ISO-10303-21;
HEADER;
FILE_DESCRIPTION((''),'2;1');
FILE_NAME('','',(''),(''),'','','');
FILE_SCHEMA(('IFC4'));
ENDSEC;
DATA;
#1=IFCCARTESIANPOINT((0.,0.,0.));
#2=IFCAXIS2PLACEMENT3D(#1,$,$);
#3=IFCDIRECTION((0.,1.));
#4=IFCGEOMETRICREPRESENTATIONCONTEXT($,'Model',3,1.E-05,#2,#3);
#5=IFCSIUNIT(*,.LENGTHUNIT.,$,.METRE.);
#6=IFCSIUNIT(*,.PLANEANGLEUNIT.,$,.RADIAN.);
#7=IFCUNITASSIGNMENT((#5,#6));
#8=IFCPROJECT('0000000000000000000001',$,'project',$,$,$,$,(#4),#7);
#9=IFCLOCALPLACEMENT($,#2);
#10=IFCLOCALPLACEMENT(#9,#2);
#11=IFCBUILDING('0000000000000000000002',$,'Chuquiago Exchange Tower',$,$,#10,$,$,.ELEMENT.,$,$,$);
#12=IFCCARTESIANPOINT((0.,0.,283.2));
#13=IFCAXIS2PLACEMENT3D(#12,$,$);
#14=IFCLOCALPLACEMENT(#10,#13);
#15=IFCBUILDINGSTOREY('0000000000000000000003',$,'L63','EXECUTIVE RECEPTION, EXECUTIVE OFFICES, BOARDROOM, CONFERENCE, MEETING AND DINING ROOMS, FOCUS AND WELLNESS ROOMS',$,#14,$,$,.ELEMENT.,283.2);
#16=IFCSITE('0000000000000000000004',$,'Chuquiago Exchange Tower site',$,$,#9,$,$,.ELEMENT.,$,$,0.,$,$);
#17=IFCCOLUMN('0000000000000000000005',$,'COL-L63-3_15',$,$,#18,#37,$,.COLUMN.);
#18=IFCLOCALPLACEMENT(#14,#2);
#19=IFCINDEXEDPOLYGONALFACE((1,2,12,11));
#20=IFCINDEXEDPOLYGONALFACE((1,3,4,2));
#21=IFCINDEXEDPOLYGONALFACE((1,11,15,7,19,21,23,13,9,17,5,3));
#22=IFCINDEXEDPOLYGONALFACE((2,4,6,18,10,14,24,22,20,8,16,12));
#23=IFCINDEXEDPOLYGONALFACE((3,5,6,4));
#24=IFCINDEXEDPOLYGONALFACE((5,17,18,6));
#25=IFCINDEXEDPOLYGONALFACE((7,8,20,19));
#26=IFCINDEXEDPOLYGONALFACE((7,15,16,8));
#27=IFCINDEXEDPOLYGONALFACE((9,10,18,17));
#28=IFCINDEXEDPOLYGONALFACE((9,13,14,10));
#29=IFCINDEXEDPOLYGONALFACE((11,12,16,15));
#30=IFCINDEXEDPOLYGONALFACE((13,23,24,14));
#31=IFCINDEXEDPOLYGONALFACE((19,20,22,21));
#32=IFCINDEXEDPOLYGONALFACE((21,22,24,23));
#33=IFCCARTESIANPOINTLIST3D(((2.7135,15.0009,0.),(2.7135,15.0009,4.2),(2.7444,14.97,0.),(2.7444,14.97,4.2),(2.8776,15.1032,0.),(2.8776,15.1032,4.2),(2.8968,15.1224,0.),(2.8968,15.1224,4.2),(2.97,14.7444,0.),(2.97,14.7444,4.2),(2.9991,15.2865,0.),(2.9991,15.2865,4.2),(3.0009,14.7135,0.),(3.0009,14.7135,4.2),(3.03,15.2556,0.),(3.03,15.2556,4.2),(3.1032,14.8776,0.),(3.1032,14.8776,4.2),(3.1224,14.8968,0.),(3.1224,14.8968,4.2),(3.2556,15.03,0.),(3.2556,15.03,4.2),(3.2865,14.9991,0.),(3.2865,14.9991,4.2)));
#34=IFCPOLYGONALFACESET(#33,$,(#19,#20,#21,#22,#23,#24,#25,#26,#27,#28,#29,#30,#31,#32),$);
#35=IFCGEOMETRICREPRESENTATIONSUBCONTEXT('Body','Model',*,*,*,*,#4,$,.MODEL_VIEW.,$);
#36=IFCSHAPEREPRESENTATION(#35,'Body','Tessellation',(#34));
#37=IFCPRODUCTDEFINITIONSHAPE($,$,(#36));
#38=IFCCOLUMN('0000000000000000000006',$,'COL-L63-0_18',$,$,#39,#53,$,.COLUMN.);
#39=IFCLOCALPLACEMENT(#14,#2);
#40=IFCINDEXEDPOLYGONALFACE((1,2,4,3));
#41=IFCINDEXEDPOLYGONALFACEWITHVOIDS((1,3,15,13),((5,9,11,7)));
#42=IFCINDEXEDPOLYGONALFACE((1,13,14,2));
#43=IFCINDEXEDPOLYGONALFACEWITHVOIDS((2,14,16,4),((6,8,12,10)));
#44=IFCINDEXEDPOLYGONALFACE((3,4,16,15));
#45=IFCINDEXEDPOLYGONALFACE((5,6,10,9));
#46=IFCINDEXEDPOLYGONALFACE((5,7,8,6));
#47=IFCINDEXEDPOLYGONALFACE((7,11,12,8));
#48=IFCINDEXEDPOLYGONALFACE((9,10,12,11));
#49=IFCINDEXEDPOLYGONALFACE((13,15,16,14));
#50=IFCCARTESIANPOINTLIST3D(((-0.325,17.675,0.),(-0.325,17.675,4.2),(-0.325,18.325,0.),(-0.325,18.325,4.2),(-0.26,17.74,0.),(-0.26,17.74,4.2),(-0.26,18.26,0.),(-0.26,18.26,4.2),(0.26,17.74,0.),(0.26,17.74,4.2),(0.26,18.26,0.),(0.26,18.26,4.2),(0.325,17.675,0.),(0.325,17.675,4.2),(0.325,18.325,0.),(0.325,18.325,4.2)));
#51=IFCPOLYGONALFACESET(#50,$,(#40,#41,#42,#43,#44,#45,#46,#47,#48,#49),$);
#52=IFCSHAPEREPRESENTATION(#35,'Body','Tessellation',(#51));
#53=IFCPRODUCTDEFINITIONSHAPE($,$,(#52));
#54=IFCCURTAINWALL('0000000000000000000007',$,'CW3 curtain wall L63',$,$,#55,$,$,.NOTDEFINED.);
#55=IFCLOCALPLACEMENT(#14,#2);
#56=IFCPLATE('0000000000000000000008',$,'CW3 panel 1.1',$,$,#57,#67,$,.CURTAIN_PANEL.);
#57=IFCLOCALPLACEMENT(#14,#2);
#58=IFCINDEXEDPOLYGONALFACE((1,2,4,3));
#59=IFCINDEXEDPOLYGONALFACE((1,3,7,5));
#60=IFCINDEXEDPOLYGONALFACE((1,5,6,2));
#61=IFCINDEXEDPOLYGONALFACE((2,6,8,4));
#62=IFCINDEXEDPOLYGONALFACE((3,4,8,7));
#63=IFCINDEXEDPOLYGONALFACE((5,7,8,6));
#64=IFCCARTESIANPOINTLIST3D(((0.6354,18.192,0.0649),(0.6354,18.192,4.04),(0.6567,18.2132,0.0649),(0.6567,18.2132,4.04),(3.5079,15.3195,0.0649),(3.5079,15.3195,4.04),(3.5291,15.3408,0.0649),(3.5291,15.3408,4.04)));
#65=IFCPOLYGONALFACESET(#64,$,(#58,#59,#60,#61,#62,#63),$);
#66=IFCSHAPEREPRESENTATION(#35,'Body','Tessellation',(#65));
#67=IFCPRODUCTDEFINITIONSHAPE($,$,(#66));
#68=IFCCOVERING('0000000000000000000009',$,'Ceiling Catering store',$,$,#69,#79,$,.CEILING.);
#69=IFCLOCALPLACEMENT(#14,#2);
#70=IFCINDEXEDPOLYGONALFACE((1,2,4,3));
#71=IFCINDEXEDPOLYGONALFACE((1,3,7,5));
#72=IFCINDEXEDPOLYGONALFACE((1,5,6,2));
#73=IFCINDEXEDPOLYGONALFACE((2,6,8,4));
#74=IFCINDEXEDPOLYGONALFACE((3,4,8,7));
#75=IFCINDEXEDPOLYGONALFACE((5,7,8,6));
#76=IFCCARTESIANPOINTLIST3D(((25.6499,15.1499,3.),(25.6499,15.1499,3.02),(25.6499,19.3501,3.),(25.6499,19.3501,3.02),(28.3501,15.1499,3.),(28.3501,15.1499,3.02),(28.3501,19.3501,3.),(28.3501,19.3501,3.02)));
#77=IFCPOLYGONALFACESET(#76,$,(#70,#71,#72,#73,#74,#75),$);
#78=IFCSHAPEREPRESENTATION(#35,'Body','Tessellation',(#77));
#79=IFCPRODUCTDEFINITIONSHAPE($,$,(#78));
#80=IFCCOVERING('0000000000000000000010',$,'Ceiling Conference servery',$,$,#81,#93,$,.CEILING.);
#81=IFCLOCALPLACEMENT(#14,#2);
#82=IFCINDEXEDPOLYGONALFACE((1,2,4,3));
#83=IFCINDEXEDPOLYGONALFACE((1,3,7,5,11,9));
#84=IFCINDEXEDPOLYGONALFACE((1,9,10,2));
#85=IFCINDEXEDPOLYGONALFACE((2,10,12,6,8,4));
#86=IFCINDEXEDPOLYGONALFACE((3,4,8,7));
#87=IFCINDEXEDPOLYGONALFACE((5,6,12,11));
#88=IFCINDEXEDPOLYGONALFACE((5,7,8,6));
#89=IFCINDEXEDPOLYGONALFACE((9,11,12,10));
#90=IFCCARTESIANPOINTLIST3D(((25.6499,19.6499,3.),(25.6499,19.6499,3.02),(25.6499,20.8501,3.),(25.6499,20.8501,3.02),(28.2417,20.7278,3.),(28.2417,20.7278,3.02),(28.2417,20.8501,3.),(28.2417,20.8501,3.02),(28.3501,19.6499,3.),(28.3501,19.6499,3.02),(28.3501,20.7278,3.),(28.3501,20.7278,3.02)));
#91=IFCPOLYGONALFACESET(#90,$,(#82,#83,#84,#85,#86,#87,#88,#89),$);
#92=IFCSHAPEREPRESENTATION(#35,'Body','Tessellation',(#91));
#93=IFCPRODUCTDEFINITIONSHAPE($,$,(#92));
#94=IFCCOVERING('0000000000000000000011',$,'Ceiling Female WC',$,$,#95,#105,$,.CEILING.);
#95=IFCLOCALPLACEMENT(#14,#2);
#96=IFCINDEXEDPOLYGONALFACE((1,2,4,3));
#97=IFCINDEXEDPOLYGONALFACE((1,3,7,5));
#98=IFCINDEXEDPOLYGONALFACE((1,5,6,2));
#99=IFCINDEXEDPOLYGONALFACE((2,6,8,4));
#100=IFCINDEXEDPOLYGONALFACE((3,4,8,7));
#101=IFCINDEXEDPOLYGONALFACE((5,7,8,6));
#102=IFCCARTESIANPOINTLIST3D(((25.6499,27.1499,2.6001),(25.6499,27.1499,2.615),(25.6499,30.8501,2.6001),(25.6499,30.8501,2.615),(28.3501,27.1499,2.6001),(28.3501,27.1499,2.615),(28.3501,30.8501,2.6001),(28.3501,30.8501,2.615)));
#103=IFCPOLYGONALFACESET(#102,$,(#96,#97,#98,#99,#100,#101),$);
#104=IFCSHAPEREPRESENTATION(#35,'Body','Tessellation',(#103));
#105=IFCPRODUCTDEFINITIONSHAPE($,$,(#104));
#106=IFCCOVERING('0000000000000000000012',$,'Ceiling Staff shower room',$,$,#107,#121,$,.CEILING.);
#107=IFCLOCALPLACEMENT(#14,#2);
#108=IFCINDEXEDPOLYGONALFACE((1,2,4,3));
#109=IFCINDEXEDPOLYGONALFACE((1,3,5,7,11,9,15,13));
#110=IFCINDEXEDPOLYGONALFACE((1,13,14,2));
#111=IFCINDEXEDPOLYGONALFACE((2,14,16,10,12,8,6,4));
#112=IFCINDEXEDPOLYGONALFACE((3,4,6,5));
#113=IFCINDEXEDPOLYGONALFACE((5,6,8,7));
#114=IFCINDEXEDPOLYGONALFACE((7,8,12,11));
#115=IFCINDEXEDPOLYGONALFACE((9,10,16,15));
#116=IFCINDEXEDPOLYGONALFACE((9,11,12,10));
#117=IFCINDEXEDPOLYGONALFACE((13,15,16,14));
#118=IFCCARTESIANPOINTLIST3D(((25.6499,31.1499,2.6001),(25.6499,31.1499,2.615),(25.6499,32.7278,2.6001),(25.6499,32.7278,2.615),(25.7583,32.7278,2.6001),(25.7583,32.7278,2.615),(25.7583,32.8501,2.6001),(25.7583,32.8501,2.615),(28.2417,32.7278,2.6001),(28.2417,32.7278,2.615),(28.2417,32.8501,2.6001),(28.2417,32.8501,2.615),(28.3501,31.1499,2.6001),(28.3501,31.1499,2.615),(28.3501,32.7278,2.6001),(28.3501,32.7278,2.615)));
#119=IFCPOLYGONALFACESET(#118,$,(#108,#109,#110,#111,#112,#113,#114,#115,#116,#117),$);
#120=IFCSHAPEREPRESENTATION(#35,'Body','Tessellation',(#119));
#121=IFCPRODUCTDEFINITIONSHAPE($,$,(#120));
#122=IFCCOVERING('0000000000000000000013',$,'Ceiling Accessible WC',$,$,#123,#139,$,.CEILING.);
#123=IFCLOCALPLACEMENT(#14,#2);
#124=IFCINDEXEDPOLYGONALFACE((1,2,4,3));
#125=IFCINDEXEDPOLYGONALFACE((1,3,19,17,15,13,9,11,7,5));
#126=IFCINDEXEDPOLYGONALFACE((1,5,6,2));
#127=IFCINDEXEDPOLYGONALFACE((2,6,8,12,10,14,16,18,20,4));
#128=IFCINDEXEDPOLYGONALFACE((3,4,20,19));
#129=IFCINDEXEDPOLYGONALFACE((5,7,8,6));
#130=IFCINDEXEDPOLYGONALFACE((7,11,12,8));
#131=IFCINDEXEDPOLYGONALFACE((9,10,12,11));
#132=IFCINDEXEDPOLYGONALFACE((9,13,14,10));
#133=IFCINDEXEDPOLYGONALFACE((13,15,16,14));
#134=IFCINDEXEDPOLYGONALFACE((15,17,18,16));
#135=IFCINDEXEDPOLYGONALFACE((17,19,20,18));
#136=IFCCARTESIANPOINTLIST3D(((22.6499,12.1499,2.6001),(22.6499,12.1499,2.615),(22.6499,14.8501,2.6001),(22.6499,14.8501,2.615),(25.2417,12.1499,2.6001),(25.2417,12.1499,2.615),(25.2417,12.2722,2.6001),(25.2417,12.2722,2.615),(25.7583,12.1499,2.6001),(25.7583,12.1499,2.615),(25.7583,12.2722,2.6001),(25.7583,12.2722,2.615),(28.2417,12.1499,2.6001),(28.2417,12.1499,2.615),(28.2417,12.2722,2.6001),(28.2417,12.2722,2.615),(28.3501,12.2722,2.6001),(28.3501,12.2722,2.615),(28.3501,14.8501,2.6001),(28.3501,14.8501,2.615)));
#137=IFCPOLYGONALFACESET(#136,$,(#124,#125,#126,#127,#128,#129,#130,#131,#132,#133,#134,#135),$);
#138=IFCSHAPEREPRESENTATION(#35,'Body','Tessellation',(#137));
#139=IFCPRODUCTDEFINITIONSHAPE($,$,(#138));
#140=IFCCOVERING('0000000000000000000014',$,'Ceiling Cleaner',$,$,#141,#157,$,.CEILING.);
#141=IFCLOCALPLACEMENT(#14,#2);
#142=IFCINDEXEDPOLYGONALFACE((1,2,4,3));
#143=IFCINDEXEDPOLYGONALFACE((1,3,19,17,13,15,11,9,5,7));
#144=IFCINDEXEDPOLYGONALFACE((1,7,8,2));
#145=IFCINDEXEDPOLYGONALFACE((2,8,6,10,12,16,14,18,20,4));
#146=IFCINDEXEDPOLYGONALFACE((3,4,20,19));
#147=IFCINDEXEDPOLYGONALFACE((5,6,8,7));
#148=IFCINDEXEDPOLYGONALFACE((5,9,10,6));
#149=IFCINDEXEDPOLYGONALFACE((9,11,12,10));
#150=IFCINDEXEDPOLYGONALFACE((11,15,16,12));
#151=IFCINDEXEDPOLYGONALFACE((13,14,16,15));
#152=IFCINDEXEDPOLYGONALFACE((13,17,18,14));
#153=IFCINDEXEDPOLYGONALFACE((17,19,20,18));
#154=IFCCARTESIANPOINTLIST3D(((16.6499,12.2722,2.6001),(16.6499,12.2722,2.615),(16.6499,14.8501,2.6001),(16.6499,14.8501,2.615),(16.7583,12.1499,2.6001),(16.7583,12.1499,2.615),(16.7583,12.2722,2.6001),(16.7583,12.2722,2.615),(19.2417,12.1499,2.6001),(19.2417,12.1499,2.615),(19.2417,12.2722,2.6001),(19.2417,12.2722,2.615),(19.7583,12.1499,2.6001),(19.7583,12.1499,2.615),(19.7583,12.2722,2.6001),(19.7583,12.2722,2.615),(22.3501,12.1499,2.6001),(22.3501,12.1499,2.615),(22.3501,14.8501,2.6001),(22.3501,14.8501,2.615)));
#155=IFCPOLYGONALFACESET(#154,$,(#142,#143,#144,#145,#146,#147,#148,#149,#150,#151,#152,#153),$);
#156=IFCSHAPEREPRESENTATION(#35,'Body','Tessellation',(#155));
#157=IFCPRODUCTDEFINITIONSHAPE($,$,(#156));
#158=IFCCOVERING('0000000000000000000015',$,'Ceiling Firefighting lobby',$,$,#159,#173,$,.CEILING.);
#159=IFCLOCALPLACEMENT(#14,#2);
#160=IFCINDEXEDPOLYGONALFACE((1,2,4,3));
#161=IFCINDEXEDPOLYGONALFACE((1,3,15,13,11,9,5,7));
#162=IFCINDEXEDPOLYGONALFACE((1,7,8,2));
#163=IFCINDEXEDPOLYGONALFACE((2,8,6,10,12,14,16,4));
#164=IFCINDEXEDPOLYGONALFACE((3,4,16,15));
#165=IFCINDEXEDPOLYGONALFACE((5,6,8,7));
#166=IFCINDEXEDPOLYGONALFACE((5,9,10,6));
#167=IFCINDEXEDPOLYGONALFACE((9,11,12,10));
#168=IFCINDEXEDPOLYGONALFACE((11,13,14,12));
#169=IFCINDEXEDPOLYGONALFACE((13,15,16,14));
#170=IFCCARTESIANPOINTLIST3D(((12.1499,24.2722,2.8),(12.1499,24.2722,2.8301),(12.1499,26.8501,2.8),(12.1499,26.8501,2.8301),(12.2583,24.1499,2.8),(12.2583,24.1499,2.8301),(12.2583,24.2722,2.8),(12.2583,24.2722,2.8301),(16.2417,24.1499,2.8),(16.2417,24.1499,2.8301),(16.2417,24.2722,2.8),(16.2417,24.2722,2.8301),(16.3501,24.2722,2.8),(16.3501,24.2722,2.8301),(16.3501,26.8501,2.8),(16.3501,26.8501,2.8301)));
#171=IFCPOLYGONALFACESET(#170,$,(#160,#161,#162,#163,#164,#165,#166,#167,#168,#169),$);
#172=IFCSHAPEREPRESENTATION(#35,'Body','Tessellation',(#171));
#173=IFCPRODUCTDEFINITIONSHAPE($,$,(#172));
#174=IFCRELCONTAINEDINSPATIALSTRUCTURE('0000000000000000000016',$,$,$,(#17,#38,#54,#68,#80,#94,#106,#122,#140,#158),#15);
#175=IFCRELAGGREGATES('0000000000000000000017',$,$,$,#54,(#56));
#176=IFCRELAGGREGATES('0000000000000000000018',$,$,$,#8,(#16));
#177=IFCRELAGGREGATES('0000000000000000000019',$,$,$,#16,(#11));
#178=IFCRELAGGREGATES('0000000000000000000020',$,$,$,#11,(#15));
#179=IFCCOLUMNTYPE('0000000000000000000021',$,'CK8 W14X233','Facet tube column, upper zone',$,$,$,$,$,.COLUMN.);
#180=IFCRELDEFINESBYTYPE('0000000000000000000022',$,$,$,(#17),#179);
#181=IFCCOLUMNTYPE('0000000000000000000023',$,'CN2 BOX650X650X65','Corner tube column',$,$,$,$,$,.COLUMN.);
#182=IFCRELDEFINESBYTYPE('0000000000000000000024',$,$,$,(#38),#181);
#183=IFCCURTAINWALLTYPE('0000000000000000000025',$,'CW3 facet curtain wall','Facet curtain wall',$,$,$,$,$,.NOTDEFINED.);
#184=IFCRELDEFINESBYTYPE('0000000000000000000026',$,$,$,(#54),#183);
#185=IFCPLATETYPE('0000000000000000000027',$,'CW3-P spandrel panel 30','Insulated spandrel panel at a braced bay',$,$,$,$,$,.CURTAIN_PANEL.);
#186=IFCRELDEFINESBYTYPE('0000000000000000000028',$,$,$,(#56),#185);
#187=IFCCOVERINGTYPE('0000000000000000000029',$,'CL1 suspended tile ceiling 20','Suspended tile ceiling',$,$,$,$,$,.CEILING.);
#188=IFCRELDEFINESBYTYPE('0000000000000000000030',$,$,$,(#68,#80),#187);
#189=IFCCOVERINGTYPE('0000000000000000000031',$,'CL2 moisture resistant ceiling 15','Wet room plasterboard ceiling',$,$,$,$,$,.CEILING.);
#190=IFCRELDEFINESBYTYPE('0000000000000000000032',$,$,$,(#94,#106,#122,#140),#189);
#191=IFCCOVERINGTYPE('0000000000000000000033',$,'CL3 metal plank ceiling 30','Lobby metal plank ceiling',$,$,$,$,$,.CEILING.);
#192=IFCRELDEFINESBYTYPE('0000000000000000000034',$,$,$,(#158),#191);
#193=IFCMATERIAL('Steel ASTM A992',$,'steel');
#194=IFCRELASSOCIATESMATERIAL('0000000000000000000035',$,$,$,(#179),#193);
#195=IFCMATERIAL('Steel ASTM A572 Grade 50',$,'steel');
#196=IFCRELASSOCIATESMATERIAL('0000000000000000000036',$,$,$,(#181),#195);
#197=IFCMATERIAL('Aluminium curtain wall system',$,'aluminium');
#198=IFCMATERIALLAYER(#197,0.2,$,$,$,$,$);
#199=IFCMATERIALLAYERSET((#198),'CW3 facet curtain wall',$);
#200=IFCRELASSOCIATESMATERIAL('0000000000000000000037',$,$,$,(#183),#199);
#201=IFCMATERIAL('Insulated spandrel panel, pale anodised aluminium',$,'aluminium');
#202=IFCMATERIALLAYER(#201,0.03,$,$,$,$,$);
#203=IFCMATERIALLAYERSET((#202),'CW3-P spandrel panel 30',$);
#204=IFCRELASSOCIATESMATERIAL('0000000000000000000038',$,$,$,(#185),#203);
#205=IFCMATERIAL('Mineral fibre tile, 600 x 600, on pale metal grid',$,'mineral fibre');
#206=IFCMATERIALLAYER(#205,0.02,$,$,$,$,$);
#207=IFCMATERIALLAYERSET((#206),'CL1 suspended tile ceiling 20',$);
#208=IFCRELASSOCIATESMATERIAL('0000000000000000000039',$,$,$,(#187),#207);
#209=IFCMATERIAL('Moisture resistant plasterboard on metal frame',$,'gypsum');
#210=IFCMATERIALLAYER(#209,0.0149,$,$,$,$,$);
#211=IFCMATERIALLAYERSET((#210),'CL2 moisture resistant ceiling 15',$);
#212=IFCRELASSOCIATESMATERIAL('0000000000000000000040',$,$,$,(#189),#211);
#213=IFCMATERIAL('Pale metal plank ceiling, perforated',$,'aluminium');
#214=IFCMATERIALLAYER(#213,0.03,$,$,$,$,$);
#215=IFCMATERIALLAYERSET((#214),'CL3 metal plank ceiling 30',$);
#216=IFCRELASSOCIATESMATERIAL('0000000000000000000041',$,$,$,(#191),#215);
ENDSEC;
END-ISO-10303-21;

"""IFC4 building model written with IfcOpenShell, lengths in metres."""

from ifc_helpers import new_model, si_unit, direction, frame, origin, origin_2d, place, context, subcontext, project, spatial, polyline, rectangle, hollow_rectangle, i_section, outline, extrude, material, layer, layer_set, material_profile, profile_set, type_object, element, aggregate, save


model = new_model("IFC4")

# Units and contexts
model_context = context("Model", 3, precision=1e-05, world=origin(), true_north=direction((0.0, 1.0)))
body_context = subcontext(model_context, "Body", "Model", "MODEL_VIEW")
ifc_project = project(units=[si_unit("LENGTHUNIT", "METRE"), si_unit("PLANEANGLEUNIT", "RADIAN")], contexts=[model_context])

# Site, building, storey
site_placement = place(None, origin())
site = spatial("IfcSite", under=ifc_project, at=site_placement, Name="Chuquiago Exchange Tower site", CompositionType="ELEMENT", RefElevation=0.0)
building_placement = place(site_placement, origin())
building = spatial("IfcBuilding", under=site, at=building_placement, Name="Chuquiago Exchange Tower", CompositionType="ELEMENT")
storey_placement = place(building_placement, frame((0.0, 0.0, 283.2)))
storey = spatial("IfcBuildingStorey", under=building, at=storey_placement, Name="L63", Description="EXECUTIVE RECEPTION, EXECUTIVE OFFICES, BOARDROOM, CONFERENCE, MEETING AND DINING ROOMS, FOCUS AND WELLNESS ROOMS", CompositionType="ELEMENT", Elevation=283.2)

# Columns
ifc_material_1 = material(Name="Steel ASTM A992", Category="steel")
ifc_material_profile_1 = material_profile(ifc_material_1, i_section(OverallWidth=0.4038, OverallDepth=0.4065, WebThickness=0.0271, FlangeThickness=0.0437, at=origin_2d()), Name="W14X233")
ifc_profile_set_1 = profile_set([ifc_material_profile_1], Name="Steel ASTM A992")
column_type_1 = type_object("IfcColumnType", Name="CK8 W14X233", Description="Facet tube column, upper zone", PredefinedType="COLUMN", material=ifc_profile_set_1)
column_1_placement = place(storey_placement, frame((3.0, 15.0, 0.0), z_axis=(0.0, 0.0, 1.0), x_axis=(-0.707107, -0.707107, 0.0)))
element("IfcColumn", 1, at=column_1_placement, inside=storey, type_object=column_type_1, Name="COL-L63-3_15", PredefinedType="COLUMN", context=body_context, shape_type="SweptSolid", body=[
    extrude(i_section(OverallWidth=0.4038, OverallDepth=0.4065, WebThickness=0.0271, FlangeThickness=0.0437, at=origin_2d()), origin(), (0.0, 0.0, 1.0), 4.2),
])
ifc_material_2 = material(Name="Steel ASTM A572 Grade 50", Category="steel")
ifc_material_profile_2 = material_profile(ifc_material_2, hollow_rectangle(XDim=0.6499, YDim=0.6499, WallThickness=0.0649, at=origin_2d()), Name="BOX650X650X65")
ifc_profile_set_2 = profile_set([ifc_material_profile_2], Name="Steel ASTM A572 Grade 50")
column_type_2 = type_object("IfcColumnType", Name="CN2 BOX650X650X65", Description="Corner tube column", PredefinedType="COLUMN", material=ifc_profile_set_2)
column_2_placement = place(storey_placement, frame((0.0, 18.0, 0.0), z_axis=(0.0, 0.0, 1.0), x_axis=(-1.0, 0.0, 0.0)))
element("IfcColumn", 2, at=column_2_placement, inside=storey, type_object=column_type_2, Name="COL-L63-0_18", PredefinedType="COLUMN", context=body_context, shape_type="SweptSolid", body=[
    extrude(hollow_rectangle(XDim=0.6499, YDim=0.6499, WallThickness=0.0649, at=origin_2d()), origin(), (0.0, 0.0, 1.0), 4.2),
])

# Curtain wall, plate
ifc_material_3 = material(Name="Aluminium curtain wall system", Category="aluminium")
ifc_layer_1 = layer(ifc_material_3, 0.2)
ifc_layer_set_1 = layer_set([ifc_layer_1], Name="CW3 facet curtain wall")
curtain_wall_type = type_object("IfcCurtainWallType", Name="CW3 facet curtain wall", Description="Facet curtain wall", PredefinedType="NOTDEFINED", material=ifc_layer_set_1)
curtain_wall_placement = place(storey_placement, origin())
curtain_wall = element("IfcCurtainWall", 3, at=curtain_wall_placement, inside=storey, type_object=curtain_wall_type, Name="CW3 curtain wall L63", PredefinedType="NOTDEFINED")
ifc_material_4 = material(Name="Insulated spandrel panel, pale anodised aluminium", Category="aluminium")
ifc_layer_2 = layer(ifc_material_4, 0.03)
ifc_layer_set_2 = layer_set([ifc_layer_2], Name="CW3-P spandrel panel 30")
plate_type = type_object("IfcPlateType", Name="CW3-P spandrel panel 30", Description="Insulated spandrel panel at a braced bay", PredefinedType="CURTAIN_PANEL", material=ifc_layer_set_2)
plate_placement = place(storey_placement, frame((2.0823, 16.7664, 0.0649), z_axis=(0.0, 0.0, 1.0), x_axis=(0.707107, -0.707107, 0.0)))
plate = element("IfcPlate", 4, at=plate_placement, type_object=plate_type, Name="CW3 panel 1.1", PredefinedType="CURTAIN_PANEL", context=body_context, shape_type="SweptSolid", body=[
    extrude(rectangle(XDim=4.0623, YDim=0.03, at=origin_2d()), origin(), (0.0, 0.0, 1.0), 3.9751),
])
aggregate(curtain_wall, [plate])

# Coverings
ifc_material_5 = material(Name="Mineral fibre tile, 600 x 600, on pale metal grid", Category="mineral fibre")
ifc_layer_3 = layer(ifc_material_5, 0.02)
ifc_layer_set_3 = layer_set([ifc_layer_3], Name="CL1 suspended tile ceiling 20")
covering_type_1 = type_object("IfcCoveringType", Name="CL1 suspended tile ceiling 20", Description="Suspended tile ceiling", PredefinedType="CEILING", material=ifc_layer_set_3)
covering_1_placement = place(storey_placement, frame((0.0, 0.0, 3.0)))
element("IfcCovering", 5, at=covering_1_placement, inside=storey, type_object=covering_type_1, Name="Ceiling Catering store", PredefinedType="CEILING", context=body_context, shape_type="SweptSolid", body=[
    extrude(outline(polyline([(25.6499, 15.1499), (25.6499, 19.3501), (28.3501, 19.3501), (28.3501, 15.1499), (25.6499, 15.1499)])), origin(), (0.0, 0.0, 1.0), 0.02),
])
covering_2_placement = place(storey_placement, frame((0.0, 0.0, 3.0)))
element("IfcCovering", 6, at=covering_2_placement, inside=storey, type_object=covering_type_1, Name="Ceiling Conference servery", PredefinedType="CEILING", context=body_context, shape_type="SweptSolid", body=[
    extrude(outline(polyline([(25.6499, 19.6499), (25.6499, 20.8501), (28.2417, 20.8501), (28.2417, 20.7278), (28.3501, 20.7278), (28.3501, 19.6499), (25.6499, 19.6499)])), origin(), (0.0, 0.0, 1.0), 0.02),
])
ifc_material_6 = material(Name="Moisture resistant plasterboard on metal frame", Category="gypsum")
ifc_layer_4 = layer(ifc_material_6, 0.0149)
ifc_layer_set_4 = layer_set([ifc_layer_4], Name="CL2 moisture resistant ceiling 15")
covering_type_2 = type_object("IfcCoveringType", Name="CL2 moisture resistant ceiling 15", Description="Wet room plasterboard ceiling", PredefinedType="CEILING", material=ifc_layer_set_4)
covering_3_placement = place(storey_placement, frame((0.0, 0.0, 2.6001)))
element("IfcCovering", 7, at=covering_3_placement, inside=storey, type_object=covering_type_2, Name="Ceiling Female WC", PredefinedType="CEILING", context=body_context, shape_type="SweptSolid", body=[
    extrude(outline(polyline([(25.6499, 27.1499), (25.6499, 30.8501), (28.3501, 30.8501), (28.3501, 27.1499), (25.6499, 27.1499)])), origin(), (0.0, 0.0, 1.0), 0.0149),
])
covering_4_placement = place(storey_placement, frame((0.0, 0.0, 2.6001)))
element("IfcCovering", 8, at=covering_4_placement, inside=storey, type_object=covering_type_2, Name="Ceiling Staff shower room", PredefinedType="CEILING", context=body_context, shape_type="SweptSolid", body=[
    extrude(outline(polyline([(25.6499, 31.1499), (25.6499, 32.7278), (25.7583, 32.7278), (25.7583, 32.8501), (28.2417, 32.8501), (28.2417, 32.7278), (28.3501, 32.7278), (28.3501, 31.1499), (25.6499, 31.1499)])), origin(), (0.0, 0.0, 1.0), 0.0149),
])
covering_5_placement = place(storey_placement, frame((0.0, 0.0, 2.6001)))
element("IfcCovering", 9, at=covering_5_placement, inside=storey, type_object=covering_type_2, Name="Ceiling Accessible WC", PredefinedType="CEILING", context=body_context, shape_type="SweptSolid", body=[
    extrude(outline(polyline([(25.7583, 12.1499), (25.7583, 12.2722), (25.2417, 12.2722), (25.2417, 12.1499), (22.6499, 12.1499), (22.6499, 14.8501), (28.3501, 14.8501), (28.3501, 12.2722), (28.2417, 12.2722), (28.2417, 12.1499), (25.7583, 12.1499)])), origin(), (0.0, 0.0, 1.0), 0.0149),
])
covering_6_placement = place(storey_placement, frame((0.0, 0.0, 2.6001)))
element("IfcCovering", 10, at=covering_6_placement, inside=storey, type_object=covering_type_2, Name="Ceiling Cleaner", PredefinedType="CEILING", context=body_context, shape_type="SweptSolid", body=[
    extrude(outline(polyline([(19.7583, 12.1499), (19.7583, 12.2722), (19.2417, 12.2722), (19.2417, 12.1499), (16.7583, 12.1499), (16.7583, 12.2722), (16.6499, 12.2722), (16.6499, 14.8501), (22.3501, 14.8501), (22.3501, 12.1499), (19.7583, 12.1499)])), origin(), (0.0, 0.0, 1.0), 0.0149),
])
ifc_material_7 = material(Name="Pale metal plank ceiling, perforated", Category="aluminium")
ifc_layer_5 = layer(ifc_material_7, 0.03)
ifc_layer_set_5 = layer_set([ifc_layer_5], Name="CL3 metal plank ceiling 30")
covering_type_3 = type_object("IfcCoveringType", Name="CL3 metal plank ceiling 30", Description="Lobby metal plank ceiling", PredefinedType="CEILING", material=ifc_layer_set_5)
covering_7_placement = place(storey_placement, frame((0.0, 0.0, 2.8)))
element("IfcCovering", 11, at=covering_7_placement, inside=storey, type_object=covering_type_3, Name="Ceiling Firefighting lobby", PredefinedType="CEILING", context=body_context, shape_type="SweptSolid", body=[
    extrude(outline(polyline([(12.2583, 24.1499), (12.2583, 24.2722), (12.1499, 24.2722), (12.1499, 26.8501), (16.3501, 26.8501), (16.3501, 24.2722), (16.2417, 24.2722), (16.2417, 24.1499), (12.2583, 24.1499)])), origin(), (0.0, 0.0, 1.0), 0.03),
])

save(model, "model.ifc")
